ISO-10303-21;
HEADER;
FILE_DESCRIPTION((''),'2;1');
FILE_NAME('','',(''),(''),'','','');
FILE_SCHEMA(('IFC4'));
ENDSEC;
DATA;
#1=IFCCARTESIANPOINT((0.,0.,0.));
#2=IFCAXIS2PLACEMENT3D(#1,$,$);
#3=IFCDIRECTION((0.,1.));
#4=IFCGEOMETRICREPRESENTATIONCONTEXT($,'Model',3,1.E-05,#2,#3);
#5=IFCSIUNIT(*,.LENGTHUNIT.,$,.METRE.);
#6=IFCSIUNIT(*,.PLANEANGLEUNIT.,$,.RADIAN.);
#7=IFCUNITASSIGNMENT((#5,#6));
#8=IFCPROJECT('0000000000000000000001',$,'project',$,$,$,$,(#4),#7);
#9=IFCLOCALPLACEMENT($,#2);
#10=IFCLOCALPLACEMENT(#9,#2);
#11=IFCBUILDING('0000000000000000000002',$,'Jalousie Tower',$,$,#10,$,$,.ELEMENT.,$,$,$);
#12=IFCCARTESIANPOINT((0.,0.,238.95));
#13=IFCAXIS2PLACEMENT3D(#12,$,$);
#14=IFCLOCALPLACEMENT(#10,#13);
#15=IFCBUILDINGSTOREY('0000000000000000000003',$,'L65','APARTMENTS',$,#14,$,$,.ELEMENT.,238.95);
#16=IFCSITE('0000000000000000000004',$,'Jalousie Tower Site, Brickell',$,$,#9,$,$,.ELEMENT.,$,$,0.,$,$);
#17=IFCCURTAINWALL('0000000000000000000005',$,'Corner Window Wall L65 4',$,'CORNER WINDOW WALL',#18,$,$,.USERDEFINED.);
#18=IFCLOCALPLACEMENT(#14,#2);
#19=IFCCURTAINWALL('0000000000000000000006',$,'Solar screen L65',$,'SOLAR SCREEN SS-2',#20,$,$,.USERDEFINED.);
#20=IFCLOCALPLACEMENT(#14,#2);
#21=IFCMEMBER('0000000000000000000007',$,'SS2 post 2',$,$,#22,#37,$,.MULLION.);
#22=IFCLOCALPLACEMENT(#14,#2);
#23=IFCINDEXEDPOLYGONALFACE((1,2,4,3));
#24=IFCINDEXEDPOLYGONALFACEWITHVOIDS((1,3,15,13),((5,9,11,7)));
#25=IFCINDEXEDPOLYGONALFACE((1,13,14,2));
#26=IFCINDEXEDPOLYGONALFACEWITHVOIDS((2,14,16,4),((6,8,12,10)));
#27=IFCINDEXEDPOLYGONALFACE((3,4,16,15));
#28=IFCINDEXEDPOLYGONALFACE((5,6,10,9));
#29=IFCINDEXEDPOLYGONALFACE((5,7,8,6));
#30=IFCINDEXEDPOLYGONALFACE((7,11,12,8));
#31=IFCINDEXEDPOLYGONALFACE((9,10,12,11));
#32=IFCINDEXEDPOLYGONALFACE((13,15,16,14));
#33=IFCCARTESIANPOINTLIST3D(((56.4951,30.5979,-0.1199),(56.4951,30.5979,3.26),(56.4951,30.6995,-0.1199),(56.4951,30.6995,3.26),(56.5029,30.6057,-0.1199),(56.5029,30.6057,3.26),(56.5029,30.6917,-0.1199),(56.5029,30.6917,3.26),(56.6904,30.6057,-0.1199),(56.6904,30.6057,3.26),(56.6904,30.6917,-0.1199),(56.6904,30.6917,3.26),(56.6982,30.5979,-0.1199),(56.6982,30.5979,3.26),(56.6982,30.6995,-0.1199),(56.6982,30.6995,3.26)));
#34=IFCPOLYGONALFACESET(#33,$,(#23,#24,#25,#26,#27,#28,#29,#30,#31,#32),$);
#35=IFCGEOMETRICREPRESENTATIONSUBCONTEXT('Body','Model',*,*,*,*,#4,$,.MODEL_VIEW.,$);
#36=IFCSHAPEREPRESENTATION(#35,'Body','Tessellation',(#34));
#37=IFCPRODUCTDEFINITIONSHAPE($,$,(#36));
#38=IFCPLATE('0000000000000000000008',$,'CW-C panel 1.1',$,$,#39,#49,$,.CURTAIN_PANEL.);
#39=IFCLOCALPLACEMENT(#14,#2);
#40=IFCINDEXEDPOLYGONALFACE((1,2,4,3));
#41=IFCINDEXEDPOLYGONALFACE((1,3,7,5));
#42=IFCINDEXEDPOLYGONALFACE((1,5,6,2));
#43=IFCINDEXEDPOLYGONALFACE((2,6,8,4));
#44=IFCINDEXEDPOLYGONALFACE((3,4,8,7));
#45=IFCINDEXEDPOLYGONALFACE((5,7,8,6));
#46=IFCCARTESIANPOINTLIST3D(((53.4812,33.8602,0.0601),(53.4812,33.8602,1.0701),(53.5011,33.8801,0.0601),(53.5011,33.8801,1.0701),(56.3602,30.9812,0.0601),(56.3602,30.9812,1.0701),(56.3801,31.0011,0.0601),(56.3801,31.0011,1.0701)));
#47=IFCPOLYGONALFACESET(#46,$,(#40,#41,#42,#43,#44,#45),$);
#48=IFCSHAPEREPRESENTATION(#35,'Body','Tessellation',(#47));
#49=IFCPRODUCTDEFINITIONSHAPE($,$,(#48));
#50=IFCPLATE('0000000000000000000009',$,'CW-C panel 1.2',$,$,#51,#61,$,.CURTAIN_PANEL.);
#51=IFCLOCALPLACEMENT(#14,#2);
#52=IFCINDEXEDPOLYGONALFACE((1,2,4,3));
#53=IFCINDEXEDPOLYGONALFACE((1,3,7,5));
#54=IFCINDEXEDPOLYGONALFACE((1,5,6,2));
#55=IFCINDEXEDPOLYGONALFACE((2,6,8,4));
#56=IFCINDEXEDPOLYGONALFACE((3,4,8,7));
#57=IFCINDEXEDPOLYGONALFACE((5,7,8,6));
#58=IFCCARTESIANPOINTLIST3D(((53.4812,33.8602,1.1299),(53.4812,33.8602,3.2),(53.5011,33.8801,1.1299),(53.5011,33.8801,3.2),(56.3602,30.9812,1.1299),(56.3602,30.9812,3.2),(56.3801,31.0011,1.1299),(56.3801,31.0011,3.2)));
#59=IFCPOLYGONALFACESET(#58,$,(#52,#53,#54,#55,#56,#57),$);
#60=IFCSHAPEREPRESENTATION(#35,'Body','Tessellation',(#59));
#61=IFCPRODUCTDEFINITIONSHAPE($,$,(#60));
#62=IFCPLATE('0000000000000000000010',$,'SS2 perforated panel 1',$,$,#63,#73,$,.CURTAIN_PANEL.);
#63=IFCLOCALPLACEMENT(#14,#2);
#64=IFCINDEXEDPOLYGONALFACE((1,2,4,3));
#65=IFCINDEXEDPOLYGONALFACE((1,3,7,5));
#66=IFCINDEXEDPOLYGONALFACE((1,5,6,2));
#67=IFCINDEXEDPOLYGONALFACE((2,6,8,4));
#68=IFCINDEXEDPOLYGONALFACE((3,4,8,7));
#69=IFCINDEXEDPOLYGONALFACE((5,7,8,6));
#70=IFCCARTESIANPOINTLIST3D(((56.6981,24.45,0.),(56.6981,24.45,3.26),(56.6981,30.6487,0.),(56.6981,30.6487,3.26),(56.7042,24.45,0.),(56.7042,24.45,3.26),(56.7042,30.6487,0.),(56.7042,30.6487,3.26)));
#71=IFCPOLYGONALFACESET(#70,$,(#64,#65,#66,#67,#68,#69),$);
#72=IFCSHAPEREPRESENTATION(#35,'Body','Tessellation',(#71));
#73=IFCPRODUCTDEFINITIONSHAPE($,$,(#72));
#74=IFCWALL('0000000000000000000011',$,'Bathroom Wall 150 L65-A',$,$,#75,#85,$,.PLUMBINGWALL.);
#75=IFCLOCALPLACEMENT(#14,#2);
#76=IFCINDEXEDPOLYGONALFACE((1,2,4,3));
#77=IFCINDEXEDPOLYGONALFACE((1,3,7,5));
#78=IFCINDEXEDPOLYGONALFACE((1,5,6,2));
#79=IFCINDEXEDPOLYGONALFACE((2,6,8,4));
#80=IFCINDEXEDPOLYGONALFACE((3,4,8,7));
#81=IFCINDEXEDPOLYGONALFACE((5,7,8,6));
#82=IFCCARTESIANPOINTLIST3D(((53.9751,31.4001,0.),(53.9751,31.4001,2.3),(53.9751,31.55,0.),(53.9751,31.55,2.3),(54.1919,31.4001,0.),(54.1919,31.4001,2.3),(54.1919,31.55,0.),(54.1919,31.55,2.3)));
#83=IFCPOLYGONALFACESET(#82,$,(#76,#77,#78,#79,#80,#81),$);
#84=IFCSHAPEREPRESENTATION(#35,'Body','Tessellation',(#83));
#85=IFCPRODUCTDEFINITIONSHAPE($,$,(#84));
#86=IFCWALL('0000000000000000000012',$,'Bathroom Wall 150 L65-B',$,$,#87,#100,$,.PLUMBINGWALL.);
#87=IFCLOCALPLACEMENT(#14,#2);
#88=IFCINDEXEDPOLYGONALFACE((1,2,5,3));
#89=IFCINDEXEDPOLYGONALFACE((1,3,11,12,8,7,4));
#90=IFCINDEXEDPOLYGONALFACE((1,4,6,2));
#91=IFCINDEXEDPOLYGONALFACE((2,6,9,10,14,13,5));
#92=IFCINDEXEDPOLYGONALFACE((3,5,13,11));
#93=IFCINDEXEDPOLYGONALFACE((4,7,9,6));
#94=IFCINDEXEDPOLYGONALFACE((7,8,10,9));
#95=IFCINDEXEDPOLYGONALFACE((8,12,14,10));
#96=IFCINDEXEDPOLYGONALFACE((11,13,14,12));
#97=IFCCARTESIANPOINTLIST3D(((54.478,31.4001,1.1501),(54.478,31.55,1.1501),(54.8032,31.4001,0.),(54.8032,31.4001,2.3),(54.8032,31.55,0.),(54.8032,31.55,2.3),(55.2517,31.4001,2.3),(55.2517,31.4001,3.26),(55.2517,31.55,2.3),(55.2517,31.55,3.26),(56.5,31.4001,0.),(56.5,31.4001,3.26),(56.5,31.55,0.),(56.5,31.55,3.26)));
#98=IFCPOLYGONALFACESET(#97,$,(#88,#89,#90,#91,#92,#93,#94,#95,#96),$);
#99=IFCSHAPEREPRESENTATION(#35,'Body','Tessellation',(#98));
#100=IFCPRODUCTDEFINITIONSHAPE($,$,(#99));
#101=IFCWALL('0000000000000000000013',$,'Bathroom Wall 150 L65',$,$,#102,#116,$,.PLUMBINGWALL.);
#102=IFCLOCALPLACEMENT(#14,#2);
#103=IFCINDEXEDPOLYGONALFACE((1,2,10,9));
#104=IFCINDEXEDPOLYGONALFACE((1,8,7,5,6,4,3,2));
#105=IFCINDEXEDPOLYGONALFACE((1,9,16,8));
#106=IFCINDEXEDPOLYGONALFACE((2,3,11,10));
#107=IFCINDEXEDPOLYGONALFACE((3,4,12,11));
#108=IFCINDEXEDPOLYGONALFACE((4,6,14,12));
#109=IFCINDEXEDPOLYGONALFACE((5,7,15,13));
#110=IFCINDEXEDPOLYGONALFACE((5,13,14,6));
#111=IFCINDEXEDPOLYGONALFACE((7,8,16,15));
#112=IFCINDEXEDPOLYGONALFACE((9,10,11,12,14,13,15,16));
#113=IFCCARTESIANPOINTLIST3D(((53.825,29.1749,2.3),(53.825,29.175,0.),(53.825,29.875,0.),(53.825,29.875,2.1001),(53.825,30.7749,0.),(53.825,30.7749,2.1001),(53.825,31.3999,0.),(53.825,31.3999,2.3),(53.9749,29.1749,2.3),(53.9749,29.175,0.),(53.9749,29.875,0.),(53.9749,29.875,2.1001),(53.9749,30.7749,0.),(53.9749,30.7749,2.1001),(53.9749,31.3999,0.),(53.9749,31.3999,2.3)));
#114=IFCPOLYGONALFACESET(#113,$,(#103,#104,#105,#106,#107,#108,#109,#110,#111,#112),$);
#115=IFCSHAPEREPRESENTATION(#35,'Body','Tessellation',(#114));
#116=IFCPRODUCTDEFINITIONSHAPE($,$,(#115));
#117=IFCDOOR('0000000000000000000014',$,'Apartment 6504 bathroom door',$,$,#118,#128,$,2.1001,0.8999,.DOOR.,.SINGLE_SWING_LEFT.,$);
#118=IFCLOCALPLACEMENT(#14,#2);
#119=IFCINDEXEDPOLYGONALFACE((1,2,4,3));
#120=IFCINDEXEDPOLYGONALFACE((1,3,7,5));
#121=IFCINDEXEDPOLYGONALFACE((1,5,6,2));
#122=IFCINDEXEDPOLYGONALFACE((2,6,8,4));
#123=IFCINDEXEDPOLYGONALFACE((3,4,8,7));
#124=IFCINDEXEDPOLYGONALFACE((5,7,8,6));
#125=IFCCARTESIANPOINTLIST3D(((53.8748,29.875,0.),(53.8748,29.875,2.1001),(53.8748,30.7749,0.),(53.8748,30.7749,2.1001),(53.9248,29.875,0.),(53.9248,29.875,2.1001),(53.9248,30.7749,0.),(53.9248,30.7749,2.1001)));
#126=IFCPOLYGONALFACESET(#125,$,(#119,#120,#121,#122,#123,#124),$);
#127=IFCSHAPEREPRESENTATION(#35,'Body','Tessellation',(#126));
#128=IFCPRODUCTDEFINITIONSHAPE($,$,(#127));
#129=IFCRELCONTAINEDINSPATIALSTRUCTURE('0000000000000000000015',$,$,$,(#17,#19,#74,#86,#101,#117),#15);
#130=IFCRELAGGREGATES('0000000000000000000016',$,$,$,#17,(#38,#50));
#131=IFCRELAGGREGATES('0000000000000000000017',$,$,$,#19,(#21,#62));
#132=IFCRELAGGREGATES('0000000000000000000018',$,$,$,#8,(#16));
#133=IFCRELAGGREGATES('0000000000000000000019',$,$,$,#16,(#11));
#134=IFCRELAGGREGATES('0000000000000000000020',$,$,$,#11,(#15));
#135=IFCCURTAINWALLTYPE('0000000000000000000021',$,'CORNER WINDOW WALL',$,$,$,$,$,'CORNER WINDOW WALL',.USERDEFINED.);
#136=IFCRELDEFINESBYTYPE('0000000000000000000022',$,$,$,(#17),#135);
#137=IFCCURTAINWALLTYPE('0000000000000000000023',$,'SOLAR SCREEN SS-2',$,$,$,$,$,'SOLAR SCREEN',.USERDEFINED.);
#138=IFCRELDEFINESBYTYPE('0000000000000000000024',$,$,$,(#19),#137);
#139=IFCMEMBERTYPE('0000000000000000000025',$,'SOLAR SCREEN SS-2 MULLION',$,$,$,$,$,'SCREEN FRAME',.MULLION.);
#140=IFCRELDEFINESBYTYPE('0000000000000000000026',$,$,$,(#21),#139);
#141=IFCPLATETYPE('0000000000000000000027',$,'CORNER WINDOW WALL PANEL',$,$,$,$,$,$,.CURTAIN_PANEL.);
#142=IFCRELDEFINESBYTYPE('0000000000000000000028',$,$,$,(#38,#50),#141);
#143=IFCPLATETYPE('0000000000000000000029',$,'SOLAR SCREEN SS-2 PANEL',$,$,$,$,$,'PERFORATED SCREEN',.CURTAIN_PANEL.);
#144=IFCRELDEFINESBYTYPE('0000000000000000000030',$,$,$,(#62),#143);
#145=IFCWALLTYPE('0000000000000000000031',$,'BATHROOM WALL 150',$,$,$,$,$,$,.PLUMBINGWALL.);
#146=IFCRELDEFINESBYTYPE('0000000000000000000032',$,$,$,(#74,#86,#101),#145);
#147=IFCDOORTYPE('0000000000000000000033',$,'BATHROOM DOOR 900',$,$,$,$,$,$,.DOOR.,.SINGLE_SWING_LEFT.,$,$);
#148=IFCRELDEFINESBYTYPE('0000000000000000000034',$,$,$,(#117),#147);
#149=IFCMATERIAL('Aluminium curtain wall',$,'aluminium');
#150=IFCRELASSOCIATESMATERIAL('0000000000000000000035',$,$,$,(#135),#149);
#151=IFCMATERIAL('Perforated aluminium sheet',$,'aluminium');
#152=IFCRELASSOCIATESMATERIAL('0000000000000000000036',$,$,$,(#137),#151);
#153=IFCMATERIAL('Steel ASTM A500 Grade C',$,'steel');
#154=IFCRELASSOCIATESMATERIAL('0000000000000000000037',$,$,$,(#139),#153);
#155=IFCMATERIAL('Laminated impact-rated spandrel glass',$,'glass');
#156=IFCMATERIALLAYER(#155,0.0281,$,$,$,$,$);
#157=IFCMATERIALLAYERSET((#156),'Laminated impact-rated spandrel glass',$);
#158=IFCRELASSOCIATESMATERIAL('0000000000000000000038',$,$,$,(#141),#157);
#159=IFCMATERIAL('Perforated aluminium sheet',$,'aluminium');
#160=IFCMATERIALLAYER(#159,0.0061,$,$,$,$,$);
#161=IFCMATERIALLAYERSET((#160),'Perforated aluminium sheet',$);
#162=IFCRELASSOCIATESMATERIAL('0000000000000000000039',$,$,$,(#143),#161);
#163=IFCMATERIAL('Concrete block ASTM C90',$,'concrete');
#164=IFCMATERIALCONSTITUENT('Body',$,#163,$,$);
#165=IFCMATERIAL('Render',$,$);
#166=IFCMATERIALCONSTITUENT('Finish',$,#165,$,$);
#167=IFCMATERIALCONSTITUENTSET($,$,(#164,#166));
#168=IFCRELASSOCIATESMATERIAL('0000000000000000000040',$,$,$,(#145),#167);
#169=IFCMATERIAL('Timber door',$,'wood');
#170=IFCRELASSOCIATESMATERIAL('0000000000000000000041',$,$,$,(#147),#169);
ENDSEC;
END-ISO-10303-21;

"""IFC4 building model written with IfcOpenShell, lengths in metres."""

from ifc_helpers import new_model, si_unit, direction, frame, frame_2d, origin, origin_2d, place, context, subcontext, project, spatial, polyline, rectangle, hollow_rectangle, outline, extrude, material, layer, layer_set, constituent, constituent_set, material_profile, profile_set, type_object, element, fill, aggregate, save


model = new_model("IFC4")

# Units and contexts
model_context = context("Model", 3, precision=1e-05, world=origin(), true_north=direction((0.0, 1.0)))
body_context = subcontext(model_context, "Body", "Model", "MODEL_VIEW")
ifc_project = project(units=[si_unit("LENGTHUNIT", "METRE"), si_unit("PLANEANGLEUNIT", "RADIAN")], contexts=[model_context])

# Site, building, storey
site_placement = place(None, origin())
site = spatial("IfcSite", under=ifc_project, at=site_placement, Name="Jalousie Tower Site, Brickell", CompositionType="ELEMENT", RefElevation=0.0)
building_placement = place(site_placement, origin())
building = spatial("IfcBuilding", under=site, at=building_placement, Name="Jalousie Tower", CompositionType="ELEMENT")
storey_placement = place(building_placement, frame((0.0, 0.0, 238.95)))
storey = spatial("IfcBuildingStorey", under=building, at=storey_placement, Name="L65", Description="APARTMENTS", CompositionType="ELEMENT", Elevation=238.95)

# Curtain wall
ifc_material_1 = material(Name="Aluminium curtain wall", Category="aluminium")
curtain_wall_type_1 = type_object("IfcCurtainWallType", Name="CORNER WINDOW WALL", ElementType="CORNER WINDOW WALL", PredefinedType="USERDEFINED", material=ifc_material_1)
curtain_wall_1_placement = place(storey_placement, origin())
curtain_wall_1 = element("IfcCurtainWall", 1, at=curtain_wall_1_placement, inside=storey, type_object=curtain_wall_type_1, Name="Corner Window Wall L65 4", ObjectType="CORNER WINDOW WALL", PredefinedType="USERDEFINED")

# Curtain wall, member
ifc_material_2 = material(Name="Perforated aluminium sheet", Category="aluminium")
curtain_wall_type_2 = type_object("IfcCurtainWallType", Name="SOLAR SCREEN SS-2", ElementType="SOLAR SCREEN", PredefinedType="USERDEFINED", material=ifc_material_2)
curtain_wall_2_placement = place(storey_placement, origin())
curtain_wall_2 = element("IfcCurtainWall", 2, at=curtain_wall_2_placement, inside=storey, type_object=curtain_wall_type_2, Name="Solar screen L65", ObjectType="SOLAR SCREEN SS-2", PredefinedType="USERDEFINED")
ifc_material_3 = material(Name="Steel ASTM A500 Grade C", Category="steel")
ifc_material_profile_1 = material_profile(ifc_material_3, hollow_rectangle(XDim=0.1016, YDim=0.2031, WallThickness=0.0078, at=origin_2d()), Name="HSS8X4X5/16")
ifc_profile_set_1 = profile_set([ifc_material_profile_1], Name="Steel ASTM A500 Grade C")
member_type_1 = type_object("IfcMemberType", Name="SOLAR SCREEN SS-2 MULLION", ElementType="SCREEN FRAME", PredefinedType="MULLION", material=ifc_profile_set_1)
member_1_placement = place(storey_placement, frame((56.5967, 30.6487, -0.1199), z_axis=(0.0, 0.0, 1.0), x_axis=(0.0, 1.0, 0.0)))
member_1 = element("IfcMember", 3, at=member_1_placement, type_object=member_type_1, Name="SS2 post 2", PredefinedType="MULLION", context=body_context, shape_type="SweptSolid", body=[
    extrude(hollow_rectangle(XDim=0.1016, YDim=0.2031, WallThickness=0.0078, at=origin_2d()), origin(), (0.0, 0.0, 1.0), 3.3799),
])

# Plates
ifc_material_4 = material(Name="Laminated impact-rated spandrel glass", Category="glass")
ifc_layer_1 = layer(ifc_material_4, 0.0281)
ifc_layer_set_1 = layer_set([ifc_layer_1], Name="Laminated impact-rated spandrel glass")
plate_type_1 = type_object("IfcPlateType", Name="CORNER WINDOW WALL PANEL", PredefinedType="CURTAIN_PANEL", material=ifc_layer_set_1)
plate_1_placement = place(storey_placement, frame((54.9307, 32.4307, 0.0601), z_axis=(0.0, 0.0, 1.0), x_axis=(-0.707107, 0.707107, 0.0)))
plate_1 = element("IfcPlate", 4, at=plate_1_placement, type_object=plate_type_1, Name="CW-C panel 1.1", PredefinedType="CURTAIN_PANEL", context=body_context, shape_type="SweptSolid", body=[
    extrude(rectangle(XDim=4.0715, YDim=0.0281, at=origin_2d()), origin(), (0.0, 0.0, 1.0), 1.01),
])
plate_2_placement = place(storey_placement, frame((54.9307, 32.4307, 1.1299), z_axis=(0.0, 0.0, 1.0), x_axis=(-0.707107, 0.707107, 0.0)))
plate_2 = element("IfcPlate", 5, at=plate_2_placement, type_object=plate_type_1, Name="CW-C panel 1.2", PredefinedType="CURTAIN_PANEL", context=body_context, shape_type="SweptSolid", body=[
    extrude(rectangle(XDim=4.0715, YDim=0.0281, at=origin_2d()), origin(), (0.0, 0.0, 1.0), 2.0701),
])
aggregate(curtain_wall_1, [plate_1, plate_2])
ifc_material_5 = material(Name="Perforated aluminium sheet", Category="aluminium")
ifc_layer_2 = layer(ifc_material_5, 0.0061)
ifc_layer_set_2 = layer_set([ifc_layer_2], Name="Perforated aluminium sheet")
plate_type_2 = type_object("IfcPlateType", Name="SOLAR SCREEN SS-2 PANEL", ElementType="PERFORATED SCREEN", PredefinedType="CURTAIN_PANEL", material=ifc_layer_set_2)
plate_3_placement = place(storey_placement, frame((56.7012, 27.5493, 0.0), z_axis=(0.0, 0.0, 1.0), x_axis=(0.0, 1.0, 0.0)))
plate_3 = element("IfcPlate", 6, at=plate_3_placement, type_object=plate_type_2, Name="SS2 perforated panel 1", PredefinedType="CURTAIN_PANEL", context=body_context, shape_type="SweptSolid", body=[
    extrude(rectangle(XDim=6.1987, YDim=0.0061, at=origin_2d()), origin(), (0.0, 0.0, 1.0), 3.26),
])
aggregate(curtain_wall_2, [member_1, plate_3])

# Walls
ifc_material_6 = material(Name="Concrete block ASTM C90", Category="concrete")
ifc_constituent_1 = constituent(ifc_material_6, Name="Body")
ifc_material_7 = material(Name="Render")
ifc_constituent_2 = constituent(ifc_material_7, Name="Finish")
ifc_constituent_set_1 = constituent_set(constituents=[ifc_constituent_1, ifc_constituent_2])
wall_type_1 = type_object("IfcWallType", Name="BATHROOM WALL 150", PredefinedType="PLUMBINGWALL", material=ifc_constituent_set_1)
wall_1_placement = place(storey_placement, frame((53.9751, 31.4751, 0.0), z_axis=(0.0, 0.0, 1.0), x_axis=(1.0, 0.0, 0.0)))
element("IfcWall", 7, at=wall_1_placement, inside=storey, type_object=wall_type_1, Name="Bathroom Wall 150 L65-A", PredefinedType="PLUMBINGWALL", context=body_context, shape_type="SweptSolid", body=[
    extrude(rectangle(XDim=0.2168, YDim=0.1499, at=frame_2d((0.1084, 0.0))), origin(), (0.0, 0.0, 1.0), 2.3),
])
wall_2_placement = place(storey_placement, frame((54.478, 31.4751, 0.0), z_axis=(0.0, 0.0, 1.0), x_axis=(1.0, 0.0, 0.0)))
element("IfcWall", 8, at=wall_2_placement, inside=storey, type_object=wall_type_1, Name="Bathroom Wall 150 L65-B", PredefinedType="PLUMBINGWALL", context=body_context, shape_type="SweptSolid", body=[
    extrude(outline(polyline([(0.7737, 3.26), (0.7737, 2.3), (0.3252, 2.3), (0.0, 1.1501), (0.3252, 0.0), (2.022, 0.0), (2.022, 3.26), (0.7737, 3.26)])), frame((0.0, 0.075, 0.0), z_axis=(0.0, -1.0, 0.0), x_axis=(1.0, 0.0, 0.0)), (0.0, 0.0, 1.0), 0.1499),
])

# Wall, opening, door
wall_3_placement = place(storey_placement, frame((53.8999, 31.3999, 0.0), z_axis=(0.0, 0.0, 1.0), x_axis=(0.0, -1.0, 0.0)))
wall_3 = element("IfcWall", 9, at=wall_3_placement, inside=storey, type_object=wall_type_1, Name="Bathroom Wall 150 L65", PredefinedType="PLUMBINGWALL", context=body_context, shape_type="SweptSolid", body=[
    extrude(outline(polyline([(0.0, 0.0), (2.2249, 0.0), (2.2251, 3.26), (2.2251, 2.3), (0.438, 2.3), (0.0, 2.3), (0.0, 3.26), (0.0, 0.0)])), frame((0.0, 0.075, 0.0), z_axis=(0.0, -1.0, 0.0), x_axis=(1.0, 0.0, 0.0)), (0.0, 0.0, 1.0), 0.1499),
])
opening_1_placement = place(wall_3_placement, frame((0.625, 0.0, 0.0)))
opening_1 = element("IfcOpeningElement", 10, at=opening_1_placement, cuts=wall_3, PredefinedType="OPENING", context=body_context, shape_type="SweptSolid", body=[
    extrude(rectangle(XDim=0.8999, YDim=2.1001, at=frame_2d((0.45, 1.05))), frame((0.0, 0.085, 0.0), z_axis=(0.0, -1.0, 0.0), x_axis=(1.0, 0.0, 0.0)), (0.0, 0.0, 1.0), 0.1699),
])
ifc_material_8 = material(Name="Timber door", Category="wood")
door_type_1 = type_object("IfcDoorType", Name="BATHROOM DOOR 900", OperationType="SINGLE_SWING_LEFT", PredefinedType="DOOR", material=ifc_material_8)
door_1_placement = place(opening_1_placement, origin())
door_1 = element("IfcDoor", 11, at=door_1_placement, inside=storey, type_object=door_type_1, Name="Apartment 6504 bathroom door", OperationType="SINGLE_SWING_LEFT", OverallHeight=2.1001, OverallWidth=0.8999, PredefinedType="DOOR", context=body_context, shape_type="SweptSolid", body=[
    extrude(rectangle(XDim=0.8999, YDim=2.1001, at=frame_2d((0.45, 1.05))), frame((0.0, 0.0249, 0.0), z_axis=(0.0, -1.0, 0.0), x_axis=(1.0, 0.0, 0.0)), (0.0, 0.0, 1.0), 0.05),
])
fill(opening_1, door_1)

save(model, "model.ifc")
